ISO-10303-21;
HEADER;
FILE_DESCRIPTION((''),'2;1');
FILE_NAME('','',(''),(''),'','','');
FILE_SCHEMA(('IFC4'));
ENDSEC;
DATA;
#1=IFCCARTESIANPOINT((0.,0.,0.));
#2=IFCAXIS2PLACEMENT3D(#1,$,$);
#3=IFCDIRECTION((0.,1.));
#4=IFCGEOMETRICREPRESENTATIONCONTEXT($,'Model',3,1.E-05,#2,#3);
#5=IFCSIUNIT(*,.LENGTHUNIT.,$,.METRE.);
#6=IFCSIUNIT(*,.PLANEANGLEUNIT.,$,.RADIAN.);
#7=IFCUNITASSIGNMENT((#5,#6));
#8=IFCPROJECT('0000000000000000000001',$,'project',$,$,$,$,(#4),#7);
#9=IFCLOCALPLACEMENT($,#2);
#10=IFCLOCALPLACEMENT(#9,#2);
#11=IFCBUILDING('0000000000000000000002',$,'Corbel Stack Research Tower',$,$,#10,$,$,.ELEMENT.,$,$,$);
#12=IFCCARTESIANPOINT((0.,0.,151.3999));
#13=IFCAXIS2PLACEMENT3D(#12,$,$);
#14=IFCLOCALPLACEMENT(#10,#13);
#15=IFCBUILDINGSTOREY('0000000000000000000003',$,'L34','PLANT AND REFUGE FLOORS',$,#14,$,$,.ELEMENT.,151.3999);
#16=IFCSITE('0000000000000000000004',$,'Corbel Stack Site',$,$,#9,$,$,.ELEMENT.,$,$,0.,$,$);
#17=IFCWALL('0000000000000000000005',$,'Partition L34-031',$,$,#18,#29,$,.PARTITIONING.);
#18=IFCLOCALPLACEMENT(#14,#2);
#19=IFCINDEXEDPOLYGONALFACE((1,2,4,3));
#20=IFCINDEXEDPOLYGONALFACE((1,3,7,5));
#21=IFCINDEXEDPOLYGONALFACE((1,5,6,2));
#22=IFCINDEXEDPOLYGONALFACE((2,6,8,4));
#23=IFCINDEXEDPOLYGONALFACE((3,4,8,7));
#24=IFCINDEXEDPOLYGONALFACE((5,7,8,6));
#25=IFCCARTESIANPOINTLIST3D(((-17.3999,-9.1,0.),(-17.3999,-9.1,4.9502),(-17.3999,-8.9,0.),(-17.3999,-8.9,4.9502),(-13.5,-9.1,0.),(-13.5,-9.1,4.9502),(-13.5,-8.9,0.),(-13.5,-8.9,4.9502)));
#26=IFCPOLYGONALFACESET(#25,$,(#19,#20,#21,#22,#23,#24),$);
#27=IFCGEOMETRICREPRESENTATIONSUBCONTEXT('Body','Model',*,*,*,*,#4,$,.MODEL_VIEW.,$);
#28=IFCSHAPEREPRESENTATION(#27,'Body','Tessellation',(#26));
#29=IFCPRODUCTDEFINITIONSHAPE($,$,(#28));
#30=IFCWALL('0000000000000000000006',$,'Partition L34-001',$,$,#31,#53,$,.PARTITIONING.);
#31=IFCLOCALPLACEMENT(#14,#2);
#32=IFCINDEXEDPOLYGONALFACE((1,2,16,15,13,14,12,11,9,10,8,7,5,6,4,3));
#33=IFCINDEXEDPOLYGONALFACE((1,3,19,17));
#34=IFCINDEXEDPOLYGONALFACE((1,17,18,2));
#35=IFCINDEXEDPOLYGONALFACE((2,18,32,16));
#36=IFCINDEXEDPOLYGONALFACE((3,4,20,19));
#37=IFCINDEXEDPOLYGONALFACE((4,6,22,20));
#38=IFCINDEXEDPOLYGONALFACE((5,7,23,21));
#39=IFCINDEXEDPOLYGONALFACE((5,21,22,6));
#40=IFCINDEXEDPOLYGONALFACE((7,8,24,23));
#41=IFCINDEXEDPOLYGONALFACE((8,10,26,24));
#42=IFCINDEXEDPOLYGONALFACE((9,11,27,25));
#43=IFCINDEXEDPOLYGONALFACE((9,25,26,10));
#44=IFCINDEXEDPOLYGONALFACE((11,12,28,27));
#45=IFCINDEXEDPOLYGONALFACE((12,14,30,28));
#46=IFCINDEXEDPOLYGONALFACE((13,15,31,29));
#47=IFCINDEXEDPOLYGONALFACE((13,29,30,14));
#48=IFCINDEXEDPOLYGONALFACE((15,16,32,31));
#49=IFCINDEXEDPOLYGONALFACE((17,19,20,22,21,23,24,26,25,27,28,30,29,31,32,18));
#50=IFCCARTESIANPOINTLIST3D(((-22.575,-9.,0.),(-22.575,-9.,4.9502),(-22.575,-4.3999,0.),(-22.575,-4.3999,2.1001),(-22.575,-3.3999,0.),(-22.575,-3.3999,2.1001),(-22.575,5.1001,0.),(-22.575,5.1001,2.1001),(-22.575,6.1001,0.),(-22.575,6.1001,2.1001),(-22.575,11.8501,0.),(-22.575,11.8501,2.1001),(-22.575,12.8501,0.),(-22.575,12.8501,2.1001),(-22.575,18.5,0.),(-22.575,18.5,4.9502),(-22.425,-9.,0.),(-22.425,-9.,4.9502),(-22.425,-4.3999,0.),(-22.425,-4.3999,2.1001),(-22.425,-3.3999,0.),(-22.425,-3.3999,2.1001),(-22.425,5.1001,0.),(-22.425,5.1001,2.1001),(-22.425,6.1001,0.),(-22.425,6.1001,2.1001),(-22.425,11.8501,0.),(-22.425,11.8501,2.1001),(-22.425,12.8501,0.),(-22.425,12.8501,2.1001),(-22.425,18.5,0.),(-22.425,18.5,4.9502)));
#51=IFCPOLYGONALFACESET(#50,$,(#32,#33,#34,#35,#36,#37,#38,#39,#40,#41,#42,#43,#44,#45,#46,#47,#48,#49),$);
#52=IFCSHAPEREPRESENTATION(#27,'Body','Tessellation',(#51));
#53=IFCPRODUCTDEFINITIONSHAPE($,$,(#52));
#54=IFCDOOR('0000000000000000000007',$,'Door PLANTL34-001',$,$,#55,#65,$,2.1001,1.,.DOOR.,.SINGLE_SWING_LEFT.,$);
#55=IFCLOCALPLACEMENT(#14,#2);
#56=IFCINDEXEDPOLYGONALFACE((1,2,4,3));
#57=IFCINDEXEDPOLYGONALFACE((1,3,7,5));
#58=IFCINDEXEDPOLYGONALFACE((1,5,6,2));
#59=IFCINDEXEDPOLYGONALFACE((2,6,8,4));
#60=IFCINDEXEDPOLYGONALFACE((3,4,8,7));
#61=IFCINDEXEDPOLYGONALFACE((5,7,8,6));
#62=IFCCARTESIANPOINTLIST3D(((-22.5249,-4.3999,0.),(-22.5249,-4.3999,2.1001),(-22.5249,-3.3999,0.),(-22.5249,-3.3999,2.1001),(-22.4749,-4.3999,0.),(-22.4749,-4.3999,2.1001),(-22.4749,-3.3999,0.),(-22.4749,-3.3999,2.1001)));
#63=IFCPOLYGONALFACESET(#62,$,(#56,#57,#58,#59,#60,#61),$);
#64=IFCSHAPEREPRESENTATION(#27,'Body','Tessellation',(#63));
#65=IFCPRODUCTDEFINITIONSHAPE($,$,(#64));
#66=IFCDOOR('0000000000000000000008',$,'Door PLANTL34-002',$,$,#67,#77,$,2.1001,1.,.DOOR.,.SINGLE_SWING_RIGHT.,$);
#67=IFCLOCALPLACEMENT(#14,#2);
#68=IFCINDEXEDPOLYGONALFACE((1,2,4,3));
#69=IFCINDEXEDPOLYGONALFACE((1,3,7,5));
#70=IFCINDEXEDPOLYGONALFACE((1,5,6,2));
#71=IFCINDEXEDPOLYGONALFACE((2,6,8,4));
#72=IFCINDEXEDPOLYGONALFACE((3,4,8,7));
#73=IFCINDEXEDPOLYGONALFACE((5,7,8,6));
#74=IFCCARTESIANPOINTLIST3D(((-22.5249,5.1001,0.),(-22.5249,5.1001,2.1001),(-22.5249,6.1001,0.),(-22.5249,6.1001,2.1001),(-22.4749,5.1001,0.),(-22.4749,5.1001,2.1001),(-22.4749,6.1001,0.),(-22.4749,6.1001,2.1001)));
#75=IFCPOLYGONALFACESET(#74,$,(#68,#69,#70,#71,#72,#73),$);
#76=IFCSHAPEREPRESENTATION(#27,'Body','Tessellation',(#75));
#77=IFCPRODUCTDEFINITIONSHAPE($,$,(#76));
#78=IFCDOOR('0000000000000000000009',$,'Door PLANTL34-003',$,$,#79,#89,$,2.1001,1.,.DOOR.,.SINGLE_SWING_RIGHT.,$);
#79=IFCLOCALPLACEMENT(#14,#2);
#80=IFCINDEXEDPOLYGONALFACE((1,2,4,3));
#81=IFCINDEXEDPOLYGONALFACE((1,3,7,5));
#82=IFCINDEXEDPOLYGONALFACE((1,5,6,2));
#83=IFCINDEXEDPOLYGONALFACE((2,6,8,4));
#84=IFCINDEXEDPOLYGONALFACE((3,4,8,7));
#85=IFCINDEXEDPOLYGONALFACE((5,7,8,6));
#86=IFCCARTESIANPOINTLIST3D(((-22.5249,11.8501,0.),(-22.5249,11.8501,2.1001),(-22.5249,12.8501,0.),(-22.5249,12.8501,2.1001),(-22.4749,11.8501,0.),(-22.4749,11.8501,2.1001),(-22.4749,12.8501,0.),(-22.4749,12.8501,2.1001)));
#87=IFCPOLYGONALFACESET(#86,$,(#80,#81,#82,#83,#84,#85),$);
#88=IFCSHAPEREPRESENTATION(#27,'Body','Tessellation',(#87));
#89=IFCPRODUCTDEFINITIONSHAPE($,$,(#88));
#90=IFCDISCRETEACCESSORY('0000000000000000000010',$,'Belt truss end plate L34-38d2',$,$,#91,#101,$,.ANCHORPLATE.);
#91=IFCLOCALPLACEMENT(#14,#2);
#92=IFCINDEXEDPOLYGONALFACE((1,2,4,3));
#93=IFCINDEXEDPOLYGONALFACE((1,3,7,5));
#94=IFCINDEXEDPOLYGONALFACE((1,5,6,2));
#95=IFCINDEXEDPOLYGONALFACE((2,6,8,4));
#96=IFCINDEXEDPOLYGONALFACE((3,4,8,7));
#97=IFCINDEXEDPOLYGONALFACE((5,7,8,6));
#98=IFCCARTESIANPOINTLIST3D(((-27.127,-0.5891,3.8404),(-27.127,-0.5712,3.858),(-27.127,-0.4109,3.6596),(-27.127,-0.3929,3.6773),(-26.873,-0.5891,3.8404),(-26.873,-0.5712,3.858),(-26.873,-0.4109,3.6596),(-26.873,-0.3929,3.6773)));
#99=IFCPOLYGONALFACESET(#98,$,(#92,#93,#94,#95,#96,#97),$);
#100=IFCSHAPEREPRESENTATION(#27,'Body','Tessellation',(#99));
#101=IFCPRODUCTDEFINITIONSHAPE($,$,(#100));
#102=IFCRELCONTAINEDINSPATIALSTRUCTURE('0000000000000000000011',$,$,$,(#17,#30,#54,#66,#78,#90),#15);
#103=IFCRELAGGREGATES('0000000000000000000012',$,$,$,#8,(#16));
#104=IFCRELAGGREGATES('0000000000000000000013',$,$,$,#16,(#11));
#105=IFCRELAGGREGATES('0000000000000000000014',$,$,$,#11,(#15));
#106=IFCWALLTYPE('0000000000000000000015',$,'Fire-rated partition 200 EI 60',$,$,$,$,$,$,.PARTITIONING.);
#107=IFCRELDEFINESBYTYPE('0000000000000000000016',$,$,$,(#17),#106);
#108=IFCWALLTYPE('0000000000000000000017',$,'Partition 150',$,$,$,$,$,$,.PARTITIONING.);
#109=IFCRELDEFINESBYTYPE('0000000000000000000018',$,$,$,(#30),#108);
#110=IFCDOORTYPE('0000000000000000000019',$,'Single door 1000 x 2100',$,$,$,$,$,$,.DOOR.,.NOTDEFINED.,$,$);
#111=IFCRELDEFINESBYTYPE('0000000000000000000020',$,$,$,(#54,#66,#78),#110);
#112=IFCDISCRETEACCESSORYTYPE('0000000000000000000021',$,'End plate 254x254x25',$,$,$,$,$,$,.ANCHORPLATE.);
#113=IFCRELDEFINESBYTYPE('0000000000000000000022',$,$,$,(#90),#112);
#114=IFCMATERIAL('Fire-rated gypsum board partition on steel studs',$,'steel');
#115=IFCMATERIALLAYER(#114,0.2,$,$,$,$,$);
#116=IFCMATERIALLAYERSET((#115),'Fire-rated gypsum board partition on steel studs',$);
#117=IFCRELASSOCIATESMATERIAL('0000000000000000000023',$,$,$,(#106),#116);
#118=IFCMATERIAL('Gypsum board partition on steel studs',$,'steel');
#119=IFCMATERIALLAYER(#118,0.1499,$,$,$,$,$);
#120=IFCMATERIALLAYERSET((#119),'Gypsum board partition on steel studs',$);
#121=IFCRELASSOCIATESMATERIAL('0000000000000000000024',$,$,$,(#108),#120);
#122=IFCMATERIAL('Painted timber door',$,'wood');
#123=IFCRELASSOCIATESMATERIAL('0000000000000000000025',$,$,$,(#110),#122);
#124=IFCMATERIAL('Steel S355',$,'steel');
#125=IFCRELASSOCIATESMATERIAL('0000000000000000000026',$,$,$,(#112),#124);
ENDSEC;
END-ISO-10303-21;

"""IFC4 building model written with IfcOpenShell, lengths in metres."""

from ifc_helpers import new_model, si_unit, direction, frame, frame_2d, origin, origin_2d, place, context, subcontext, project, spatial, rectangle, extrude, material, layer, layer_set, material_profile, profile_set, type_object, element, fill, save


model = new_model("IFC4")

# Units and contexts
model_context = context("Model", 3, precision=1e-05, world=origin(), true_north=direction((0.0, 1.0)))
body_context = subcontext(model_context, "Body", "Model", "MODEL_VIEW")
ifc_project = project(units=[si_unit("LENGTHUNIT", "METRE"), si_unit("PLANEANGLEUNIT", "RADIAN")], contexts=[model_context])

# Site, building, storey
site_placement = place(None, origin())
site = spatial("IfcSite", under=ifc_project, at=site_placement, Name="Corbel Stack Site", CompositionType="ELEMENT", RefElevation=0.0)
building_placement = place(site_placement, origin())
building = spatial("IfcBuilding", under=site, at=building_placement, Name="Corbel Stack Research Tower", CompositionType="ELEMENT")
storey_placement = place(building_placement, frame((0.0, 0.0, 151.3999)))
storey = spatial("IfcBuildingStorey", under=building, at=storey_placement, Name="L34", Description="PLANT AND REFUGE FLOORS", CompositionType="ELEMENT", Elevation=151.3999)

# Shared definitions
ifc_material_1 = material(Name="Fire-rated gypsum board partition on steel studs", Category="steel")
ifc_layer_1 = layer(ifc_material_1, 0.2)
ifc_layer_set_1 = layer_set([ifc_layer_1], Name="Fire-rated gypsum board partition on steel studs")
wall_type_1 = type_object("IfcWallType", Name="Fire-rated partition 200 EI 60", PredefinedType="PARTITIONING", material=ifc_layer_set_1)

# Wall
wall_1_placement = place(storey_placement, frame((-17.3999, -9.0, 0.0), z_axis=(0.0, 0.0, 1.0), x_axis=(1.0, 0.0, 0.0)))
element("IfcWall", 1, at=wall_1_placement, inside=storey, type_object=wall_type_1, Name="Partition L34-031", PredefinedType="PARTITIONING", context=body_context, shape_type="SweptSolid", body=[
    extrude(rectangle(XDim=3.8999, YDim=0.2, at=frame_2d((1.95, 0.0))), origin(), (0.0, 0.0, 1.0), 4.9502),
])

# Wall, openings, doors
ifc_material_2 = material(Name="Gypsum board partition on steel studs", Category="steel")
ifc_layer_2 = layer(ifc_material_2, 0.1499)
ifc_layer_set_2 = layer_set([ifc_layer_2], Name="Gypsum board partition on steel studs")
wall_type_2 = type_object("IfcWallType", Name="Partition 150", PredefinedType="PARTITIONING", material=ifc_layer_set_2)
wall_2_placement = place(storey_placement, frame((-22.5, -9.0, 0.0), z_axis=(0.0, 0.0, 1.0), x_axis=(0.0, 1.0, 0.0)))
wall_2 = element("IfcWall", 2, at=wall_2_placement, inside=storey, type_object=wall_type_2, Name="Partition L34-001", PredefinedType="PARTITIONING", context=body_context, shape_type="SweptSolid", body=[
    extrude(rectangle(XDim=27.5, YDim=0.1499, at=frame_2d((13.75, 0.0))), origin(), (0.0, 0.0, 1.0), 4.9502),
])
opening_1_placement = place(wall_2_placement, frame((4.6001, 0.0, 0.0)))
opening_1 = element("IfcOpeningElement", 3, at=opening_1_placement, cuts=wall_2, PredefinedType="OPENING", context=body_context, shape_type="SweptSolid", body=[
    extrude(rectangle(XDim=1.0, YDim=2.1001, at=frame_2d((0.5, 1.05))), frame((0.0, 0.085, 0.0), z_axis=(0.0, -1.0, 0.0), x_axis=(1.0, 0.0, 0.0)), (0.0, 0.0, 1.0), 0.1699),
])
opening_2_placement = place(wall_2_placement, frame((14.1001, 0.0, 0.0)))
opening_2 = element("IfcOpeningElement", 4, at=opening_2_placement, cuts=wall_2, PredefinedType="OPENING", context=body_context, shape_type="SweptSolid", body=[
    extrude(rectangle(XDim=1.0, YDim=2.1001, at=frame_2d((0.5, 1.05))), frame((0.0, 0.085, 0.0), z_axis=(0.0, -1.0, 0.0), x_axis=(1.0, 0.0, 0.0)), (0.0, 0.0, 1.0), 0.1699),
])
opening_3_placement = place(wall_2_placement, frame((20.8501, 0.0, 0.0)))
opening_3 = element("IfcOpeningElement", 5, at=opening_3_placement, cuts=wall_2, PredefinedType="OPENING", context=body_context, shape_type="SweptSolid", body=[
    extrude(rectangle(XDim=1.0, YDim=2.1001, at=frame_2d((0.5, 1.05))), frame((0.0, 0.085, 0.0), z_axis=(0.0, -1.0, 0.0), x_axis=(1.0, 0.0, 0.0)), (0.0, 0.0, 1.0), 0.1699),
])
ifc_material_3 = material(Name="Painted timber door", Category="wood")
door_type_1 = type_object("IfcDoorType", Name="Single door 1000 x 2100", OperationType="NOTDEFINED", PredefinedType="DOOR", material=ifc_material_3)
door_1_placement = place(opening_1_placement, origin())
door_1 = element("IfcDoor", 6, at=door_1_placement, inside=storey, type_object=door_type_1, Name="Door PLANTL34-001", OperationType="SINGLE_SWING_LEFT", OverallHeight=2.1001, OverallWidth=1.0, PredefinedType="DOOR", context=body_context, shape_type="SweptSolid", body=[
    extrude(rectangle(XDim=1.0, YDim=2.1001, at=frame_2d((0.5, 1.05))), frame((0.0, 0.0249, 0.0), z_axis=(0.0, -1.0, 0.0), x_axis=(1.0, 0.0, 0.0)), (0.0, 0.0, 1.0), 0.05),
])
fill(opening_1, door_1)
door_2_placement = place(opening_2_placement, origin())
door_2 = element("IfcDoor", 7, at=door_2_placement, inside=storey, type_object=door_type_1, Name="Door PLANTL34-002", OperationType="SINGLE_SWING_RIGHT", OverallHeight=2.1001, OverallWidth=1.0, PredefinedType="DOOR", context=body_context, shape_type="SweptSolid", body=[
    extrude(rectangle(XDim=1.0, YDim=2.1001, at=frame_2d((0.5, 1.05))), frame((0.0, 0.0249, 0.0), z_axis=(0.0, -1.0, 0.0), x_axis=(1.0, 0.0, 0.0)), (0.0, 0.0, 1.0), 0.05),
])
fill(opening_2, door_2)
door_3_placement = place(opening_3_placement, origin())
door_3 = element("IfcDoor", 8, at=door_3_placement, inside=storey, type_object=door_type_1, Name="Door PLANTL34-003", OperationType="SINGLE_SWING_RIGHT", OverallHeight=2.1001, OverallWidth=1.0, PredefinedType="DOOR", context=body_context, shape_type="SweptSolid", body=[
    extrude(rectangle(XDim=1.0, YDim=2.1001, at=frame_2d((0.5, 1.05))), frame((0.0, 0.0249, 0.0), z_axis=(0.0, -1.0, 0.0), x_axis=(1.0, 0.0, 0.0)), (0.0, 0.0, 1.0), 0.05),
])
fill(opening_3, door_3)

# Discrete accessory
ifc_material_4 = material(Name="Steel S355", Category="steel")
ifc_material_profile_1 = material_profile(ifc_material_4, rectangle(XDim=0.2539, YDim=0.2539, at=origin_2d()), Name="End plate 254x254x25")
ifc_profile_set_1 = profile_set([ifc_material_profile_1], Name="Steel S355")
discrete_accessory_type = type_object("IfcDiscreteAccessoryType", Name="End plate 254x254x25", PredefinedType="ANCHORPLATE", material=ifc_profile_set_1)
discrete_accessory_placement = place(storey_placement, frame((-27.0, -0.5, 3.75), z_axis=(0.0, 0.711966, 0.702213), x_axis=(-1.0, 0.0, 0.0)))
element("IfcDiscreteAccessory", 9, at=discrete_accessory_placement, inside=storey, type_object=discrete_accessory_type, Name="Belt truss end plate L34-38d2", PredefinedType="ANCHORPLATE", context=body_context, shape_type="SweptSolid", body=[
    extrude(rectangle(XDim=0.2539, YDim=0.2539, at=origin_2d()), origin(), (0.0, 0.0, 1.0), 0.0251),
])

save(model, "model.ifc")
